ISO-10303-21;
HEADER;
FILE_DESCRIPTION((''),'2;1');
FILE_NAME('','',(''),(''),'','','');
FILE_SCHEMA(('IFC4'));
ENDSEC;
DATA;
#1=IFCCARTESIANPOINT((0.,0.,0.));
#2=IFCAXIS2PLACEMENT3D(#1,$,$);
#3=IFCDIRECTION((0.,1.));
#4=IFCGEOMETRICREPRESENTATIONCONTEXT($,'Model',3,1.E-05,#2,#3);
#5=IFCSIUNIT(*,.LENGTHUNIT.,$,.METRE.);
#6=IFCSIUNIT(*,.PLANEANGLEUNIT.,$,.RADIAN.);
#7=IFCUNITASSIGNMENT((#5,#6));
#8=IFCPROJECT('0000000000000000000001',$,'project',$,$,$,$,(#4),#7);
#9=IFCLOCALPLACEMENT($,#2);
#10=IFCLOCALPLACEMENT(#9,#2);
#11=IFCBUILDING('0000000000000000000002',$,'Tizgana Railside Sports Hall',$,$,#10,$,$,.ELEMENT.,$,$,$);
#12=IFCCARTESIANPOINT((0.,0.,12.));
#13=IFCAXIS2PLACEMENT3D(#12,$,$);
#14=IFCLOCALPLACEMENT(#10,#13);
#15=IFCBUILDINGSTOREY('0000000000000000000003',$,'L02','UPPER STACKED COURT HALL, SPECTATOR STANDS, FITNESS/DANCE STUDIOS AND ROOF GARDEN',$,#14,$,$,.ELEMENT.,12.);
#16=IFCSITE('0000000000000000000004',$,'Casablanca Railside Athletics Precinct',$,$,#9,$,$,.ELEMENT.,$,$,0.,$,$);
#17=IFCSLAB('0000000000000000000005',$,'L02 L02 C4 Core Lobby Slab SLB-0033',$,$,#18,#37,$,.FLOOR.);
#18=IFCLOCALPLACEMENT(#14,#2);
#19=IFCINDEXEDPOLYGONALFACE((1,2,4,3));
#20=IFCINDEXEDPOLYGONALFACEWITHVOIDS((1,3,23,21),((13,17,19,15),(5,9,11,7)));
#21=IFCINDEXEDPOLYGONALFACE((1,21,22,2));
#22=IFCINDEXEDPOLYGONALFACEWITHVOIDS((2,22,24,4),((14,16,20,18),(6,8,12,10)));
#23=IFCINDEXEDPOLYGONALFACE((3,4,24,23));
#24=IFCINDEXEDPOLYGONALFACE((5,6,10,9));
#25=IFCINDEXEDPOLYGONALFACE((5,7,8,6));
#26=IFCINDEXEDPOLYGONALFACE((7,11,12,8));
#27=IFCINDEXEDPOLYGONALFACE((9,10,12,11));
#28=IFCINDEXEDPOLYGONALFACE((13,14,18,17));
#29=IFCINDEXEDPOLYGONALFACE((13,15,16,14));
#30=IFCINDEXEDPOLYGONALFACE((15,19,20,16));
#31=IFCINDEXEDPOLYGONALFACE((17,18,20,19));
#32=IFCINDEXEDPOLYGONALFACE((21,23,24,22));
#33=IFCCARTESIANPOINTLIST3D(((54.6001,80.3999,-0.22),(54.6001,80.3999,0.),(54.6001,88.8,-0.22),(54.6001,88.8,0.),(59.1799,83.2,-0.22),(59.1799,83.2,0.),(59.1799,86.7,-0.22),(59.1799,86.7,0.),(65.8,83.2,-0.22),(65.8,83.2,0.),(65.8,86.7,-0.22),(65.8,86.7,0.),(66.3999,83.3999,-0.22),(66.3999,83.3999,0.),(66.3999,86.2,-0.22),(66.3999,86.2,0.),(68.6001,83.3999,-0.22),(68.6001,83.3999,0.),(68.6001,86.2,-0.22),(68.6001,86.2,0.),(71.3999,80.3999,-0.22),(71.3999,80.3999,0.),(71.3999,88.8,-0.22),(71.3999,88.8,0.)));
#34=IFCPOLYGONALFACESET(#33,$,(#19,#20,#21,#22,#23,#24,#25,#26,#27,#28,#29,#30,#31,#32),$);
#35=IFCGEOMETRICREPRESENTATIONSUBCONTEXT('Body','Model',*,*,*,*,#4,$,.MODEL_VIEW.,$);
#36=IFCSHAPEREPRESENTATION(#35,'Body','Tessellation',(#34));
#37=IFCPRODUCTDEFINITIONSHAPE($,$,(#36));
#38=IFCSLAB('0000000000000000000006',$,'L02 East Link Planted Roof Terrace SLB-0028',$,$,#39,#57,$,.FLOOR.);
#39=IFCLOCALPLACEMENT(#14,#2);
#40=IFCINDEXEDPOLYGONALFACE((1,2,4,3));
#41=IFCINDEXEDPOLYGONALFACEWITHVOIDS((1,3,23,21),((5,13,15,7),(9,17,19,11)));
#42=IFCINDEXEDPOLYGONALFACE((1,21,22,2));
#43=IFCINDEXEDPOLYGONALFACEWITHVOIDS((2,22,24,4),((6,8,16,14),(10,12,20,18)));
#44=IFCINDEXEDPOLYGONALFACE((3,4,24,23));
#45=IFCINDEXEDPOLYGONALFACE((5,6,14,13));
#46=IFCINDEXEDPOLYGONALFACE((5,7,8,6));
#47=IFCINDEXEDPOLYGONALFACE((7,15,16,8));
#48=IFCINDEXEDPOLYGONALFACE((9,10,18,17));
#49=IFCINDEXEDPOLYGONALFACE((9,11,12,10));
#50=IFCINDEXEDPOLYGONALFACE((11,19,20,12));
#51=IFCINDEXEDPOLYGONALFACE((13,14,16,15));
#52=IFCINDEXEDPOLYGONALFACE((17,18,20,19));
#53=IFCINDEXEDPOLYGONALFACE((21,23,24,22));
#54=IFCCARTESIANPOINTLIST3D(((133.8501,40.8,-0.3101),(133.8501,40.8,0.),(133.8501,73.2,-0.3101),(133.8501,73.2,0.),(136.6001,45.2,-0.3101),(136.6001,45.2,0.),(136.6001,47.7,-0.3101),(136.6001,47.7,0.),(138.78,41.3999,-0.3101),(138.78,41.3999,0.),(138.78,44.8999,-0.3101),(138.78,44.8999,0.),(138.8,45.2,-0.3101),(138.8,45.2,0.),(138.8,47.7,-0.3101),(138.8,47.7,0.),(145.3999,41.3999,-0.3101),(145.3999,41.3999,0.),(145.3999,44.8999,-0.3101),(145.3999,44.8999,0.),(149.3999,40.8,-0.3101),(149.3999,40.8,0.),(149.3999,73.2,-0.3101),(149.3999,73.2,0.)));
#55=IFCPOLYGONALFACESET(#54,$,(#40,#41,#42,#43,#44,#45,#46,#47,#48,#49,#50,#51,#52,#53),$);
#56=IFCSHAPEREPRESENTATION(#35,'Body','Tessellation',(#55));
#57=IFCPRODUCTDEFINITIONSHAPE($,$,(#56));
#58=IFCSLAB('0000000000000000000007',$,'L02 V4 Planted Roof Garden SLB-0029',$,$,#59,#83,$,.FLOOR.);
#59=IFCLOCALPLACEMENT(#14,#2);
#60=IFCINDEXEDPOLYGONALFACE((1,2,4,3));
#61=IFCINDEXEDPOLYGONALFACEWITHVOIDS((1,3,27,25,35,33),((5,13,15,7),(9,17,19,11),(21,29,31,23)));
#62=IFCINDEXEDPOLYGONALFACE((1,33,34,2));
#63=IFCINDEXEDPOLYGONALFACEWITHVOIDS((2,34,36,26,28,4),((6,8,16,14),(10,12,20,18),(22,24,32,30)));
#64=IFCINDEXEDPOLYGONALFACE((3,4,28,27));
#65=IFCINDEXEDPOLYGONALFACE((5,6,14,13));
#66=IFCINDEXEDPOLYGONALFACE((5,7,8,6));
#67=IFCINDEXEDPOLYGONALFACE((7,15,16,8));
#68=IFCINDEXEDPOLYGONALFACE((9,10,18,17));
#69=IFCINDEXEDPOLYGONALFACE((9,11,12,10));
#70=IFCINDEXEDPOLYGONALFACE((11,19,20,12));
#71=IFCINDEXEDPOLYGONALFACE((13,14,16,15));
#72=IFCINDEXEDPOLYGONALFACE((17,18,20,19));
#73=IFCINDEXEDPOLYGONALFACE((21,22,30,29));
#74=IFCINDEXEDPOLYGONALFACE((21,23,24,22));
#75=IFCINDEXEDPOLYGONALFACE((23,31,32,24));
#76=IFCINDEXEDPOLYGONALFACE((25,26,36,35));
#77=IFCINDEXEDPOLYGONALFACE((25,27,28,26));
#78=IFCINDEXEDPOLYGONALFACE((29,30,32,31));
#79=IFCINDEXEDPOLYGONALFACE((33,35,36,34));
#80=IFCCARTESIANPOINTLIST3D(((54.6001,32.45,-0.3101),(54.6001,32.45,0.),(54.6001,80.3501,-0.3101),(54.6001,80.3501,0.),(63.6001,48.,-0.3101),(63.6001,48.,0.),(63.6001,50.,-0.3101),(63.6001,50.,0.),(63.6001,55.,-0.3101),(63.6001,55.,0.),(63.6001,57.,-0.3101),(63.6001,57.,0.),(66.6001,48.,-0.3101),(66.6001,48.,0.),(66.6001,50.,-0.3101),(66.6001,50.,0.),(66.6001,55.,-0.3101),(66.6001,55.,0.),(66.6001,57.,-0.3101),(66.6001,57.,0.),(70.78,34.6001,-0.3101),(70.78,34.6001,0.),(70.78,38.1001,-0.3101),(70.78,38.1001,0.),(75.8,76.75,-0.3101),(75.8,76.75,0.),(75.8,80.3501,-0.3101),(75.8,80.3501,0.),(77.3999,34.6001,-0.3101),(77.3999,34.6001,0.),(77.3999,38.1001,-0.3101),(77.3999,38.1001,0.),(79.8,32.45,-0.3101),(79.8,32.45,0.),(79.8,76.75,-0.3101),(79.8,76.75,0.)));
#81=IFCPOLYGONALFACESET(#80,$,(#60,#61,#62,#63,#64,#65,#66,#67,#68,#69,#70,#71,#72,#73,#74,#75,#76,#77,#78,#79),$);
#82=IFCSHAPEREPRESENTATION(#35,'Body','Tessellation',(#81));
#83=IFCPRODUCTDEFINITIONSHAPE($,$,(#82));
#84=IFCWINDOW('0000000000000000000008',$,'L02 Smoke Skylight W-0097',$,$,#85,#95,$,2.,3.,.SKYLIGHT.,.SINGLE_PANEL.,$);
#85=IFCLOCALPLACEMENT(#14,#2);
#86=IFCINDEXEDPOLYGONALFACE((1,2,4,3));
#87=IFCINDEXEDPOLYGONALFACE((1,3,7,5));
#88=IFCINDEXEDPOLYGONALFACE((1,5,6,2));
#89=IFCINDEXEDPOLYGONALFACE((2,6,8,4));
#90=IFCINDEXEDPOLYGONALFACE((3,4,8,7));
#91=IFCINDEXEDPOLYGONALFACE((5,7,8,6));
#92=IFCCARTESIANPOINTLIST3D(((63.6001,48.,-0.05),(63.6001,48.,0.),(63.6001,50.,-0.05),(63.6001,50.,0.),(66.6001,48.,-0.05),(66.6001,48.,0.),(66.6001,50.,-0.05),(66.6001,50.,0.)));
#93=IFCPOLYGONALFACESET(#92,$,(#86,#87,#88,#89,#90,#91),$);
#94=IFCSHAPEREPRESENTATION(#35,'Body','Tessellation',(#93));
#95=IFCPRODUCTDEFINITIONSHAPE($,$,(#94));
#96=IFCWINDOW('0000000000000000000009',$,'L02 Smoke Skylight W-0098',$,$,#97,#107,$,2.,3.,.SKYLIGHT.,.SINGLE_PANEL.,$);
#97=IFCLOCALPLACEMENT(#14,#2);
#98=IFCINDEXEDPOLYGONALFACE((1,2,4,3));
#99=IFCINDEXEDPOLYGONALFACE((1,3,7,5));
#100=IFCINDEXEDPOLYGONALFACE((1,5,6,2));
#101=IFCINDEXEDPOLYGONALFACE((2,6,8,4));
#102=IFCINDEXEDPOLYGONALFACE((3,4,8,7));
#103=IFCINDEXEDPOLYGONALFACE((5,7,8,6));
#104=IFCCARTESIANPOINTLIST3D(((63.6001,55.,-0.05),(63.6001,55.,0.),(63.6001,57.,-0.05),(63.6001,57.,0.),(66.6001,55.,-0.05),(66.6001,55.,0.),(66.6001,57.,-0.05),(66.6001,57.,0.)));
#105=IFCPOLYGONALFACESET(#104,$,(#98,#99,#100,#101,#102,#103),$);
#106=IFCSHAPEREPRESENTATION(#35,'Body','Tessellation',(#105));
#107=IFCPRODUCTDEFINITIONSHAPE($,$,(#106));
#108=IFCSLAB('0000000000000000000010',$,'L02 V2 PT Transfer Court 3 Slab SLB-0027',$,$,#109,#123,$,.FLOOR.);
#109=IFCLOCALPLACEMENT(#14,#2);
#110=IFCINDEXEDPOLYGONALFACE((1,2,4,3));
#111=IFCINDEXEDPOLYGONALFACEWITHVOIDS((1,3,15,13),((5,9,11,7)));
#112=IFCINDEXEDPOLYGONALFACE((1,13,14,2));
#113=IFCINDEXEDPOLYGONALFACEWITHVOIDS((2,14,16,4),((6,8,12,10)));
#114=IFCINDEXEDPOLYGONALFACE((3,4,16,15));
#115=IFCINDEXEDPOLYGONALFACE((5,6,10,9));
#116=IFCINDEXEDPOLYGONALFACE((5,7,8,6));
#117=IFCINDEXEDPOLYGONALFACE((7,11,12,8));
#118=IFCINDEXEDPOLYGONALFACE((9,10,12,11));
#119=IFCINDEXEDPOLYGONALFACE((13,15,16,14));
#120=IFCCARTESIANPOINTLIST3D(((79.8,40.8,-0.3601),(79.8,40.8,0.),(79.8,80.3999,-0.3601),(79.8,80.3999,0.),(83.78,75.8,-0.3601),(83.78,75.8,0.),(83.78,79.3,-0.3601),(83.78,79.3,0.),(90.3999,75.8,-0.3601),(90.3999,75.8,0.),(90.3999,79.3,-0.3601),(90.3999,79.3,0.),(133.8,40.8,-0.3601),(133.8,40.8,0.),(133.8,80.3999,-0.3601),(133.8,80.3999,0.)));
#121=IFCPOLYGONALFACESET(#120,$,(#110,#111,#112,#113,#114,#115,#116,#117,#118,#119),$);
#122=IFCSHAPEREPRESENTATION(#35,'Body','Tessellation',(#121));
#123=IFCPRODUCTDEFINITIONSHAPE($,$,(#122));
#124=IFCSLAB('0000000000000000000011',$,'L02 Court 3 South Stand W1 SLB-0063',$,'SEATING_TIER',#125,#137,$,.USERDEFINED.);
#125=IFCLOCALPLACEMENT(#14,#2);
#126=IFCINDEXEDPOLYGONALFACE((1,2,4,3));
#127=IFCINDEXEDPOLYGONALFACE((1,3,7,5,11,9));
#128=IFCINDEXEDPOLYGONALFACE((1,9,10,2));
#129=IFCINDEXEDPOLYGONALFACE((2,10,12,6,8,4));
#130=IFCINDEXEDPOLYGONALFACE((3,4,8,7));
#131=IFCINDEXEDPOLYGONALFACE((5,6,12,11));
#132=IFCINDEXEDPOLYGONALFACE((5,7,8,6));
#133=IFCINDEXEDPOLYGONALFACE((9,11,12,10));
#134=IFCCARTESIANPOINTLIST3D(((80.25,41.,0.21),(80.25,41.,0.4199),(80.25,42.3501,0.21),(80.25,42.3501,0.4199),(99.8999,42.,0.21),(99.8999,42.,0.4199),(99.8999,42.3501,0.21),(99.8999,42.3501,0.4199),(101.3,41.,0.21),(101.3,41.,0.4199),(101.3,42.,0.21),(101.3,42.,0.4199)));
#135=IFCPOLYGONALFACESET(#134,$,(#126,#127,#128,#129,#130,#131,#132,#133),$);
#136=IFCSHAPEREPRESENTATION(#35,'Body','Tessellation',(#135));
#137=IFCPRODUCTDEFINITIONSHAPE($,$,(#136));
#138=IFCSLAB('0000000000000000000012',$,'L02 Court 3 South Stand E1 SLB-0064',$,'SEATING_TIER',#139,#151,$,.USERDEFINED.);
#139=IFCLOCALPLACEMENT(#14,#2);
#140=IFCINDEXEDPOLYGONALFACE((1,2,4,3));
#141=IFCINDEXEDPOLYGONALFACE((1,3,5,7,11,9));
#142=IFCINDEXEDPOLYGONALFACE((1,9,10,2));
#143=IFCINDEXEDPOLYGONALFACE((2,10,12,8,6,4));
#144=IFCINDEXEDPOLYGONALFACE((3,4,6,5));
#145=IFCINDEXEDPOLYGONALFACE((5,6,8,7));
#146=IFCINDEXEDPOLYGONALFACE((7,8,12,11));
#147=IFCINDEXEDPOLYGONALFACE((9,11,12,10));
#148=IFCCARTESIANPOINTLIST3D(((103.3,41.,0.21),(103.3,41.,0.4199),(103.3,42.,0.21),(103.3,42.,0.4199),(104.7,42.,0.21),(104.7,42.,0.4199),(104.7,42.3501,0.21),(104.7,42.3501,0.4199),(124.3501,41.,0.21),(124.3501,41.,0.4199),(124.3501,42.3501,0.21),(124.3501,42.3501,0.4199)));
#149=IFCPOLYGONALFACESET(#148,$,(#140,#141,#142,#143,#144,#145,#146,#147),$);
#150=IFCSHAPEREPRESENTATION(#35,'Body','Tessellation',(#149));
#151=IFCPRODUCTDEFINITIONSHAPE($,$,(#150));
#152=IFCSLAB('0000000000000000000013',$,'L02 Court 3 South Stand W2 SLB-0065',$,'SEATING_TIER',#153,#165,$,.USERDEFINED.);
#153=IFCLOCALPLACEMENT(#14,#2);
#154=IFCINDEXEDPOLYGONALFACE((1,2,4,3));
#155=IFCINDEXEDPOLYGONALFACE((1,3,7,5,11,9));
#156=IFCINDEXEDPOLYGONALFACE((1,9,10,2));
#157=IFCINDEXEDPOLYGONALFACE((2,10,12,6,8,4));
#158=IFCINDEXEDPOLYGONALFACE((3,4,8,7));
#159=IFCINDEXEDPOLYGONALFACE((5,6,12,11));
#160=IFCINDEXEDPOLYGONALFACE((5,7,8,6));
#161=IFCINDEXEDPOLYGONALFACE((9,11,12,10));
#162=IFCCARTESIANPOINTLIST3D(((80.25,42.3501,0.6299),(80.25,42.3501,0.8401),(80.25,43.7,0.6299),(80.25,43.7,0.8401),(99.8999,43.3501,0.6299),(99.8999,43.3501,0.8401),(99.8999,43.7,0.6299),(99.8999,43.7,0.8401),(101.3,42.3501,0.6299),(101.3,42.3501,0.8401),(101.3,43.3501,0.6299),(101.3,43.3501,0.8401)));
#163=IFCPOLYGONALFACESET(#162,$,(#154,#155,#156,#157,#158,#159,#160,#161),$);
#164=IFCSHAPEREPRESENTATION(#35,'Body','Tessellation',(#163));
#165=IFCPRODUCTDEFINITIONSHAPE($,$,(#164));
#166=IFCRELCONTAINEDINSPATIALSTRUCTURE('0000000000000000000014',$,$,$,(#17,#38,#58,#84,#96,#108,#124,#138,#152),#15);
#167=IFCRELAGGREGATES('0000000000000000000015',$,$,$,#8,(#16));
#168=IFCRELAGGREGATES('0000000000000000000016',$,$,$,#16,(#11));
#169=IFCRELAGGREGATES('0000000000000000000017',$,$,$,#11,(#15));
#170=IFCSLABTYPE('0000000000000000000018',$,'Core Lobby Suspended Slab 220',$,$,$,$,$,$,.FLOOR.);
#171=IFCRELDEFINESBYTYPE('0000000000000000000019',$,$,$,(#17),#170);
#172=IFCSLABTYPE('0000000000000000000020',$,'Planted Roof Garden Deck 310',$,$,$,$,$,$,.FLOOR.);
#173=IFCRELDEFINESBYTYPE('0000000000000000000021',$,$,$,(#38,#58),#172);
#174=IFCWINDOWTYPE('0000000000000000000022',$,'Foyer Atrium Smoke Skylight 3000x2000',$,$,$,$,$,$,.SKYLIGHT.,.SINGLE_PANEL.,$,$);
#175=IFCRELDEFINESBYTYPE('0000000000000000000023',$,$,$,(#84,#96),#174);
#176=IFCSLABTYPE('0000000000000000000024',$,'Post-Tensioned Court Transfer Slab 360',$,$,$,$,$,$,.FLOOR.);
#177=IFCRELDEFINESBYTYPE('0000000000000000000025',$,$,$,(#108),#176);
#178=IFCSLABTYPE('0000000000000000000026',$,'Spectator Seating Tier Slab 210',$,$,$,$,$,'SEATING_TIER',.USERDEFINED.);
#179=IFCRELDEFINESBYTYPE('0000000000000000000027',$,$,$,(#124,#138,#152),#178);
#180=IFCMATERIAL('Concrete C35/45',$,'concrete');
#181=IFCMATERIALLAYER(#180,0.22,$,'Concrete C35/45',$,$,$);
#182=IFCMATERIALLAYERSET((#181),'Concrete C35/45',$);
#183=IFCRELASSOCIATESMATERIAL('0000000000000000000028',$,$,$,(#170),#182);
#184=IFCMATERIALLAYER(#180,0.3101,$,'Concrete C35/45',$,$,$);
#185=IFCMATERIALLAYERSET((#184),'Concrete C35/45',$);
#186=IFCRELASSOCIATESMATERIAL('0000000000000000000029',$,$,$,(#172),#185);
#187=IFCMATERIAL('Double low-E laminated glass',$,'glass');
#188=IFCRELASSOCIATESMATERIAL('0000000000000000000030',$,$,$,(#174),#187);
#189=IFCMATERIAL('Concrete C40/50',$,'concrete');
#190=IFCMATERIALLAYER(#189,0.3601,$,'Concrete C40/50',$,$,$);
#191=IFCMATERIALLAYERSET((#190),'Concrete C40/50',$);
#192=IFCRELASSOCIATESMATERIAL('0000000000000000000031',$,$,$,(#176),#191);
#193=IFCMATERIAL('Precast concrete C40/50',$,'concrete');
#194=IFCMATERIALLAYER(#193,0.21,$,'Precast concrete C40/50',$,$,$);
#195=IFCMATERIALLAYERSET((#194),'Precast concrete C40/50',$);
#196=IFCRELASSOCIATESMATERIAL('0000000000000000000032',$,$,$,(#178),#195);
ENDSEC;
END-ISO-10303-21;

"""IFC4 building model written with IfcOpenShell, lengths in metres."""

from ifc_helpers import new_model, si_unit, direction, frame, origin, origin_2d, place, context, subcontext, project, spatial, polyline, rectangle, outline, extrude, material, layer, layer_set, type_object, element, fill, save


model = new_model("IFC4")

# Units and contexts
model_context = context("Model", 3, precision=1e-05, world=origin(), true_north=direction((0.0, 1.0)))
body_context = subcontext(model_context, "Body", "Model", "MODEL_VIEW")
ifc_project = project(units=[si_unit("LENGTHUNIT", "METRE"), si_unit("PLANEANGLEUNIT", "RADIAN")], contexts=[model_context])

# Site, building, storey
site_placement = place(None, origin())
site = spatial("IfcSite", under=ifc_project, at=site_placement, Name="Casablanca Railside Athletics Precinct", CompositionType="ELEMENT", RefElevation=0.0)
building_placement = place(site_placement, origin())
building = spatial("IfcBuilding", under=site, at=building_placement, Name="Tizgana Railside Sports Hall", CompositionType="ELEMENT")
storey_placement = place(building_placement, frame((0.0, 0.0, 12.0)))
storey = spatial("IfcBuildingStorey", under=building, at=storey_placement, Name="L02", Description="UPPER STACKED COURT HALL, SPECTATOR STANDS, FITNESS/DANCE STUDIOS AND ROOF GARDEN", CompositionType="ELEMENT", Elevation=12.0)

# Slabs
ifc_material_1 = material(Name="Concrete C35/45", Category="concrete")
ifc_layer_1 = layer(ifc_material_1, 0.22, Name="Concrete C35/45")
ifc_layer_set_1 = layer_set([ifc_layer_1], Name="Concrete C35/45")
slab_type_1 = type_object("IfcSlabType", Name="Core Lobby Suspended Slab 220", PredefinedType="FLOOR", material=ifc_layer_set_1)
slab_1_placement = place(storey_placement, frame((0.0, 0.0, -0.22)))
element("IfcSlab", 1, at=slab_1_placement, inside=storey, type_object=slab_type_1, Name="L02 L02 C4 Core Lobby Slab SLB-0033", PredefinedType="FLOOR", context=body_context, shape_type="SweptSolid", body=[
    extrude(outline(polyline([(54.6001, 80.3999), (71.3999, 80.3999), (71.3999, 88.8), (54.6001, 88.8), (54.6001, 80.3999)]), holes=[polyline([(59.1799, 83.2), (65.8, 83.2), (65.8, 86.7), (59.1799, 86.7), (59.1799, 83.2)]), polyline([(66.3999, 83.3999), (68.6001, 83.3999), (68.6001, 86.2), (66.3999, 86.2), (66.3999, 83.3999)])]), origin(), (0.0, 0.0, 1.0), 0.22),
])
ifc_layer_2 = layer(ifc_material_1, 0.3101, Name="Concrete C35/45")
ifc_layer_set_2 = layer_set([ifc_layer_2], Name="Concrete C35/45")
slab_type_2 = type_object("IfcSlabType", Name="Planted Roof Garden Deck 310", PredefinedType="FLOOR", material=ifc_layer_set_2)
slab_2_placement = place(storey_placement, frame((0.0, 0.0, -0.3101)))
element("IfcSlab", 2, at=slab_2_placement, inside=storey, type_object=slab_type_2, Name="L02 East Link Planted Roof Terrace SLB-0028", PredefinedType="FLOOR", context=body_context, shape_type="SweptSolid", body=[
    extrude(outline(polyline([(133.8501, 40.8), (149.3999, 40.8), (149.3999, 73.2), (133.8501, 73.2), (133.8501, 40.8)]), holes=[polyline([(138.78, 41.3999), (145.3999, 41.3999), (145.3999, 44.8999), (138.78, 44.8999), (138.78, 41.3999)]), polyline([(136.6001, 45.2), (138.8, 45.2), (138.8, 47.7), (136.6001, 47.7), (136.6001, 45.2)])]), origin(), (0.0, 0.0, 1.0), 0.3101),
])

# Slab, openings, windows
slab_3_placement = place(storey_placement, frame((0.0, 0.0, -0.3101)))
slab_3 = element("IfcSlab", 3, at=slab_3_placement, inside=storey, type_object=slab_type_2, Name="L02 V4 Planted Roof Garden SLB-0029", PredefinedType="FLOOR", context=body_context, shape_type="SweptSolid", body=[
    extrude(outline(polyline([(54.6001, 32.45), (79.8, 32.45), (79.8, 76.75), (75.8, 76.75), (75.8, 80.3501), (54.6001, 80.3501), (54.6001, 32.45)]), holes=[polyline([(70.78, 34.6001), (77.3999, 34.6001), (77.3999, 38.1001), (70.78, 38.1001), (70.78, 34.6001)]), polyline([(63.6001, 48.0), (66.6001, 48.0), (66.6001, 50.0), (63.6001, 50.0), (63.6001, 48.0)]), polyline([(63.6001, 55.0), (66.6001, 55.0), (66.6001, 57.0), (63.6001, 57.0), (63.6001, 55.0)])]), origin(), (0.0, 0.0, 1.0), 0.3101),
])
opening_1_placement = place(slab_3_placement, frame((65.1001, 49.0, 0.0)))
opening_1 = element("IfcOpeningElement", 4, at=opening_1_placement, cuts=slab_3, PredefinedType="OPENING", context=body_context, shape_type="SweptSolid", body=[
    extrude(rectangle(XDim=3.0, YDim=2.0, at=origin_2d()), origin(), (0.0, 0.0, 1.0), 0.3101),
])
opening_2_placement = place(slab_3_placement, frame((65.1001, 56.0, 0.0)))
opening_2 = element("IfcOpeningElement", 5, at=opening_2_placement, cuts=slab_3, PredefinedType="OPENING", context=body_context, shape_type="SweptSolid", body=[
    extrude(rectangle(XDim=3.0, YDim=2.0, at=origin_2d()), origin(), (0.0, 0.0, 1.0), 0.3101),
])
ifc_material_2 = material(Name="Double low-E laminated glass", Category="glass")
window_type = type_object("IfcWindowType", Name="Foyer Atrium Smoke Skylight 3000x2000", PartitioningType="SINGLE_PANEL", PredefinedType="SKYLIGHT", material=ifc_material_2)
window_1_placement = place(opening_1_placement, frame((0.0, 0.0, 0.26)))
window_1 = element("IfcWindow", 6, at=window_1_placement, inside=storey, type_object=window_type, Name="L02 Smoke Skylight W-0097", OverallHeight=2.0, OverallWidth=3.0, PartitioningType="SINGLE_PANEL", PredefinedType="SKYLIGHT", context=body_context, shape_type="SweptSolid", body=[
    extrude(rectangle(XDim=3.0, YDim=2.0, at=origin_2d()), origin(), (0.0, 0.0, 1.0), 0.05),
])
fill(opening_1, window_1)
window_2_placement = place(opening_2_placement, frame((0.0, 0.0, 0.26)))
window_2 = element("IfcWindow", 7, at=window_2_placement, inside=storey, type_object=window_type, Name="L02 Smoke Skylight W-0098", OverallHeight=2.0, OverallWidth=3.0, PartitioningType="SINGLE_PANEL", PredefinedType="SKYLIGHT", context=body_context, shape_type="SweptSolid", body=[
    extrude(rectangle(XDim=3.0, YDim=2.0, at=origin_2d()), origin(), (0.0, 0.0, 1.0), 0.05),
])
fill(opening_2, window_2)

# Slabs
ifc_material_3 = material(Name="Concrete C40/50", Category="concrete")
ifc_layer_3 = layer(ifc_material_3, 0.3601, Name="Concrete C40/50")
ifc_layer_set_3 = layer_set([ifc_layer_3], Name="Concrete C40/50")
slab_type_3 = type_object("IfcSlabType", Name="Post-Tensioned Court Transfer Slab 360", PredefinedType="FLOOR", material=ifc_layer_set_3)
slab_4_placement = place(storey_placement, frame((0.0, 0.0, -0.3601)))
element("IfcSlab", 8, at=slab_4_placement, inside=storey, type_object=slab_type_3, Name="L02 V2 PT Transfer Court 3 Slab SLB-0027", PredefinedType="FLOOR", context=body_context, shape_type="SweptSolid", body=[
    extrude(outline(polyline([(79.8, 40.8), (133.8, 40.8), (133.8, 80.3999), (79.8, 80.3999), (79.8, 40.8)]), holes=[polyline([(83.78, 75.8), (90.3999, 75.8), (90.3999, 79.3), (83.78, 79.3), (83.78, 75.8)])]), origin(), (0.0, 0.0, 1.0), 0.3601),
])
ifc_material_4 = material(Name="Precast concrete C40/50", Category="concrete")
ifc_layer_4 = layer(ifc_material_4, 0.21, Name="Precast concrete C40/50")
ifc_layer_set_4 = layer_set([ifc_layer_4], Name="Precast concrete C40/50")
slab_type_4 = type_object("IfcSlabType", Name="Spectator Seating Tier Slab 210", ElementType="SEATING_TIER", PredefinedType="USERDEFINED", material=ifc_layer_set_4)
slab_5_placement = place(storey_placement, frame((0.0, 0.0, 0.21)))
element("IfcSlab", 9, at=slab_5_placement, inside=storey, type_object=slab_type_4, Name="L02 Court 3 South Stand W1 SLB-0063", ObjectType="SEATING_TIER", PredefinedType="USERDEFINED", context=body_context, shape_type="SweptSolid", body=[
    extrude(outline(polyline([(80.25, 41.0), (101.3, 41.0), (101.3, 42.0), (99.8999, 42.0), (99.8999, 42.3501), (80.25, 42.3501), (80.25, 41.0)])), origin(), (0.0, 0.0, 1.0), 0.21),
])
slab_6_placement = place(storey_placement, frame((0.0, 0.0, 0.21)))
element("IfcSlab", 10, at=slab_6_placement, inside=storey, type_object=slab_type_4, Name="L02 Court 3 South Stand E1 SLB-0064", ObjectType="SEATING_TIER", PredefinedType="USERDEFINED", context=body_context, shape_type="SweptSolid", body=[
    extrude(outline(polyline([(103.3, 41.0), (124.3501, 41.0), (124.3501, 42.3501), (104.7, 42.3501), (104.7, 42.0), (103.3, 42.0), (103.3, 41.0)])), origin(), (0.0, 0.0, 1.0), 0.21),
])
slab_7_placement = place(storey_placement, frame((0.0, 0.0, 0.6299)))
element("IfcSlab", 11, at=slab_7_placement, inside=storey, type_object=slab_type_4, Name="L02 Court 3 South Stand W2 SLB-0065", ObjectType="SEATING_TIER", PredefinedType="USERDEFINED", context=body_context, shape_type="SweptSolid", body=[
    extrude(outline(polyline([(80.25, 42.3501), (101.3, 42.3501), (101.3, 43.3501), (99.8999, 43.3501), (99.8999, 43.7), (80.25, 43.7), (80.25, 42.3501)])), origin(), (0.0, 0.0, 1.0), 0.2102),
])

save(model, "model.ifc")
